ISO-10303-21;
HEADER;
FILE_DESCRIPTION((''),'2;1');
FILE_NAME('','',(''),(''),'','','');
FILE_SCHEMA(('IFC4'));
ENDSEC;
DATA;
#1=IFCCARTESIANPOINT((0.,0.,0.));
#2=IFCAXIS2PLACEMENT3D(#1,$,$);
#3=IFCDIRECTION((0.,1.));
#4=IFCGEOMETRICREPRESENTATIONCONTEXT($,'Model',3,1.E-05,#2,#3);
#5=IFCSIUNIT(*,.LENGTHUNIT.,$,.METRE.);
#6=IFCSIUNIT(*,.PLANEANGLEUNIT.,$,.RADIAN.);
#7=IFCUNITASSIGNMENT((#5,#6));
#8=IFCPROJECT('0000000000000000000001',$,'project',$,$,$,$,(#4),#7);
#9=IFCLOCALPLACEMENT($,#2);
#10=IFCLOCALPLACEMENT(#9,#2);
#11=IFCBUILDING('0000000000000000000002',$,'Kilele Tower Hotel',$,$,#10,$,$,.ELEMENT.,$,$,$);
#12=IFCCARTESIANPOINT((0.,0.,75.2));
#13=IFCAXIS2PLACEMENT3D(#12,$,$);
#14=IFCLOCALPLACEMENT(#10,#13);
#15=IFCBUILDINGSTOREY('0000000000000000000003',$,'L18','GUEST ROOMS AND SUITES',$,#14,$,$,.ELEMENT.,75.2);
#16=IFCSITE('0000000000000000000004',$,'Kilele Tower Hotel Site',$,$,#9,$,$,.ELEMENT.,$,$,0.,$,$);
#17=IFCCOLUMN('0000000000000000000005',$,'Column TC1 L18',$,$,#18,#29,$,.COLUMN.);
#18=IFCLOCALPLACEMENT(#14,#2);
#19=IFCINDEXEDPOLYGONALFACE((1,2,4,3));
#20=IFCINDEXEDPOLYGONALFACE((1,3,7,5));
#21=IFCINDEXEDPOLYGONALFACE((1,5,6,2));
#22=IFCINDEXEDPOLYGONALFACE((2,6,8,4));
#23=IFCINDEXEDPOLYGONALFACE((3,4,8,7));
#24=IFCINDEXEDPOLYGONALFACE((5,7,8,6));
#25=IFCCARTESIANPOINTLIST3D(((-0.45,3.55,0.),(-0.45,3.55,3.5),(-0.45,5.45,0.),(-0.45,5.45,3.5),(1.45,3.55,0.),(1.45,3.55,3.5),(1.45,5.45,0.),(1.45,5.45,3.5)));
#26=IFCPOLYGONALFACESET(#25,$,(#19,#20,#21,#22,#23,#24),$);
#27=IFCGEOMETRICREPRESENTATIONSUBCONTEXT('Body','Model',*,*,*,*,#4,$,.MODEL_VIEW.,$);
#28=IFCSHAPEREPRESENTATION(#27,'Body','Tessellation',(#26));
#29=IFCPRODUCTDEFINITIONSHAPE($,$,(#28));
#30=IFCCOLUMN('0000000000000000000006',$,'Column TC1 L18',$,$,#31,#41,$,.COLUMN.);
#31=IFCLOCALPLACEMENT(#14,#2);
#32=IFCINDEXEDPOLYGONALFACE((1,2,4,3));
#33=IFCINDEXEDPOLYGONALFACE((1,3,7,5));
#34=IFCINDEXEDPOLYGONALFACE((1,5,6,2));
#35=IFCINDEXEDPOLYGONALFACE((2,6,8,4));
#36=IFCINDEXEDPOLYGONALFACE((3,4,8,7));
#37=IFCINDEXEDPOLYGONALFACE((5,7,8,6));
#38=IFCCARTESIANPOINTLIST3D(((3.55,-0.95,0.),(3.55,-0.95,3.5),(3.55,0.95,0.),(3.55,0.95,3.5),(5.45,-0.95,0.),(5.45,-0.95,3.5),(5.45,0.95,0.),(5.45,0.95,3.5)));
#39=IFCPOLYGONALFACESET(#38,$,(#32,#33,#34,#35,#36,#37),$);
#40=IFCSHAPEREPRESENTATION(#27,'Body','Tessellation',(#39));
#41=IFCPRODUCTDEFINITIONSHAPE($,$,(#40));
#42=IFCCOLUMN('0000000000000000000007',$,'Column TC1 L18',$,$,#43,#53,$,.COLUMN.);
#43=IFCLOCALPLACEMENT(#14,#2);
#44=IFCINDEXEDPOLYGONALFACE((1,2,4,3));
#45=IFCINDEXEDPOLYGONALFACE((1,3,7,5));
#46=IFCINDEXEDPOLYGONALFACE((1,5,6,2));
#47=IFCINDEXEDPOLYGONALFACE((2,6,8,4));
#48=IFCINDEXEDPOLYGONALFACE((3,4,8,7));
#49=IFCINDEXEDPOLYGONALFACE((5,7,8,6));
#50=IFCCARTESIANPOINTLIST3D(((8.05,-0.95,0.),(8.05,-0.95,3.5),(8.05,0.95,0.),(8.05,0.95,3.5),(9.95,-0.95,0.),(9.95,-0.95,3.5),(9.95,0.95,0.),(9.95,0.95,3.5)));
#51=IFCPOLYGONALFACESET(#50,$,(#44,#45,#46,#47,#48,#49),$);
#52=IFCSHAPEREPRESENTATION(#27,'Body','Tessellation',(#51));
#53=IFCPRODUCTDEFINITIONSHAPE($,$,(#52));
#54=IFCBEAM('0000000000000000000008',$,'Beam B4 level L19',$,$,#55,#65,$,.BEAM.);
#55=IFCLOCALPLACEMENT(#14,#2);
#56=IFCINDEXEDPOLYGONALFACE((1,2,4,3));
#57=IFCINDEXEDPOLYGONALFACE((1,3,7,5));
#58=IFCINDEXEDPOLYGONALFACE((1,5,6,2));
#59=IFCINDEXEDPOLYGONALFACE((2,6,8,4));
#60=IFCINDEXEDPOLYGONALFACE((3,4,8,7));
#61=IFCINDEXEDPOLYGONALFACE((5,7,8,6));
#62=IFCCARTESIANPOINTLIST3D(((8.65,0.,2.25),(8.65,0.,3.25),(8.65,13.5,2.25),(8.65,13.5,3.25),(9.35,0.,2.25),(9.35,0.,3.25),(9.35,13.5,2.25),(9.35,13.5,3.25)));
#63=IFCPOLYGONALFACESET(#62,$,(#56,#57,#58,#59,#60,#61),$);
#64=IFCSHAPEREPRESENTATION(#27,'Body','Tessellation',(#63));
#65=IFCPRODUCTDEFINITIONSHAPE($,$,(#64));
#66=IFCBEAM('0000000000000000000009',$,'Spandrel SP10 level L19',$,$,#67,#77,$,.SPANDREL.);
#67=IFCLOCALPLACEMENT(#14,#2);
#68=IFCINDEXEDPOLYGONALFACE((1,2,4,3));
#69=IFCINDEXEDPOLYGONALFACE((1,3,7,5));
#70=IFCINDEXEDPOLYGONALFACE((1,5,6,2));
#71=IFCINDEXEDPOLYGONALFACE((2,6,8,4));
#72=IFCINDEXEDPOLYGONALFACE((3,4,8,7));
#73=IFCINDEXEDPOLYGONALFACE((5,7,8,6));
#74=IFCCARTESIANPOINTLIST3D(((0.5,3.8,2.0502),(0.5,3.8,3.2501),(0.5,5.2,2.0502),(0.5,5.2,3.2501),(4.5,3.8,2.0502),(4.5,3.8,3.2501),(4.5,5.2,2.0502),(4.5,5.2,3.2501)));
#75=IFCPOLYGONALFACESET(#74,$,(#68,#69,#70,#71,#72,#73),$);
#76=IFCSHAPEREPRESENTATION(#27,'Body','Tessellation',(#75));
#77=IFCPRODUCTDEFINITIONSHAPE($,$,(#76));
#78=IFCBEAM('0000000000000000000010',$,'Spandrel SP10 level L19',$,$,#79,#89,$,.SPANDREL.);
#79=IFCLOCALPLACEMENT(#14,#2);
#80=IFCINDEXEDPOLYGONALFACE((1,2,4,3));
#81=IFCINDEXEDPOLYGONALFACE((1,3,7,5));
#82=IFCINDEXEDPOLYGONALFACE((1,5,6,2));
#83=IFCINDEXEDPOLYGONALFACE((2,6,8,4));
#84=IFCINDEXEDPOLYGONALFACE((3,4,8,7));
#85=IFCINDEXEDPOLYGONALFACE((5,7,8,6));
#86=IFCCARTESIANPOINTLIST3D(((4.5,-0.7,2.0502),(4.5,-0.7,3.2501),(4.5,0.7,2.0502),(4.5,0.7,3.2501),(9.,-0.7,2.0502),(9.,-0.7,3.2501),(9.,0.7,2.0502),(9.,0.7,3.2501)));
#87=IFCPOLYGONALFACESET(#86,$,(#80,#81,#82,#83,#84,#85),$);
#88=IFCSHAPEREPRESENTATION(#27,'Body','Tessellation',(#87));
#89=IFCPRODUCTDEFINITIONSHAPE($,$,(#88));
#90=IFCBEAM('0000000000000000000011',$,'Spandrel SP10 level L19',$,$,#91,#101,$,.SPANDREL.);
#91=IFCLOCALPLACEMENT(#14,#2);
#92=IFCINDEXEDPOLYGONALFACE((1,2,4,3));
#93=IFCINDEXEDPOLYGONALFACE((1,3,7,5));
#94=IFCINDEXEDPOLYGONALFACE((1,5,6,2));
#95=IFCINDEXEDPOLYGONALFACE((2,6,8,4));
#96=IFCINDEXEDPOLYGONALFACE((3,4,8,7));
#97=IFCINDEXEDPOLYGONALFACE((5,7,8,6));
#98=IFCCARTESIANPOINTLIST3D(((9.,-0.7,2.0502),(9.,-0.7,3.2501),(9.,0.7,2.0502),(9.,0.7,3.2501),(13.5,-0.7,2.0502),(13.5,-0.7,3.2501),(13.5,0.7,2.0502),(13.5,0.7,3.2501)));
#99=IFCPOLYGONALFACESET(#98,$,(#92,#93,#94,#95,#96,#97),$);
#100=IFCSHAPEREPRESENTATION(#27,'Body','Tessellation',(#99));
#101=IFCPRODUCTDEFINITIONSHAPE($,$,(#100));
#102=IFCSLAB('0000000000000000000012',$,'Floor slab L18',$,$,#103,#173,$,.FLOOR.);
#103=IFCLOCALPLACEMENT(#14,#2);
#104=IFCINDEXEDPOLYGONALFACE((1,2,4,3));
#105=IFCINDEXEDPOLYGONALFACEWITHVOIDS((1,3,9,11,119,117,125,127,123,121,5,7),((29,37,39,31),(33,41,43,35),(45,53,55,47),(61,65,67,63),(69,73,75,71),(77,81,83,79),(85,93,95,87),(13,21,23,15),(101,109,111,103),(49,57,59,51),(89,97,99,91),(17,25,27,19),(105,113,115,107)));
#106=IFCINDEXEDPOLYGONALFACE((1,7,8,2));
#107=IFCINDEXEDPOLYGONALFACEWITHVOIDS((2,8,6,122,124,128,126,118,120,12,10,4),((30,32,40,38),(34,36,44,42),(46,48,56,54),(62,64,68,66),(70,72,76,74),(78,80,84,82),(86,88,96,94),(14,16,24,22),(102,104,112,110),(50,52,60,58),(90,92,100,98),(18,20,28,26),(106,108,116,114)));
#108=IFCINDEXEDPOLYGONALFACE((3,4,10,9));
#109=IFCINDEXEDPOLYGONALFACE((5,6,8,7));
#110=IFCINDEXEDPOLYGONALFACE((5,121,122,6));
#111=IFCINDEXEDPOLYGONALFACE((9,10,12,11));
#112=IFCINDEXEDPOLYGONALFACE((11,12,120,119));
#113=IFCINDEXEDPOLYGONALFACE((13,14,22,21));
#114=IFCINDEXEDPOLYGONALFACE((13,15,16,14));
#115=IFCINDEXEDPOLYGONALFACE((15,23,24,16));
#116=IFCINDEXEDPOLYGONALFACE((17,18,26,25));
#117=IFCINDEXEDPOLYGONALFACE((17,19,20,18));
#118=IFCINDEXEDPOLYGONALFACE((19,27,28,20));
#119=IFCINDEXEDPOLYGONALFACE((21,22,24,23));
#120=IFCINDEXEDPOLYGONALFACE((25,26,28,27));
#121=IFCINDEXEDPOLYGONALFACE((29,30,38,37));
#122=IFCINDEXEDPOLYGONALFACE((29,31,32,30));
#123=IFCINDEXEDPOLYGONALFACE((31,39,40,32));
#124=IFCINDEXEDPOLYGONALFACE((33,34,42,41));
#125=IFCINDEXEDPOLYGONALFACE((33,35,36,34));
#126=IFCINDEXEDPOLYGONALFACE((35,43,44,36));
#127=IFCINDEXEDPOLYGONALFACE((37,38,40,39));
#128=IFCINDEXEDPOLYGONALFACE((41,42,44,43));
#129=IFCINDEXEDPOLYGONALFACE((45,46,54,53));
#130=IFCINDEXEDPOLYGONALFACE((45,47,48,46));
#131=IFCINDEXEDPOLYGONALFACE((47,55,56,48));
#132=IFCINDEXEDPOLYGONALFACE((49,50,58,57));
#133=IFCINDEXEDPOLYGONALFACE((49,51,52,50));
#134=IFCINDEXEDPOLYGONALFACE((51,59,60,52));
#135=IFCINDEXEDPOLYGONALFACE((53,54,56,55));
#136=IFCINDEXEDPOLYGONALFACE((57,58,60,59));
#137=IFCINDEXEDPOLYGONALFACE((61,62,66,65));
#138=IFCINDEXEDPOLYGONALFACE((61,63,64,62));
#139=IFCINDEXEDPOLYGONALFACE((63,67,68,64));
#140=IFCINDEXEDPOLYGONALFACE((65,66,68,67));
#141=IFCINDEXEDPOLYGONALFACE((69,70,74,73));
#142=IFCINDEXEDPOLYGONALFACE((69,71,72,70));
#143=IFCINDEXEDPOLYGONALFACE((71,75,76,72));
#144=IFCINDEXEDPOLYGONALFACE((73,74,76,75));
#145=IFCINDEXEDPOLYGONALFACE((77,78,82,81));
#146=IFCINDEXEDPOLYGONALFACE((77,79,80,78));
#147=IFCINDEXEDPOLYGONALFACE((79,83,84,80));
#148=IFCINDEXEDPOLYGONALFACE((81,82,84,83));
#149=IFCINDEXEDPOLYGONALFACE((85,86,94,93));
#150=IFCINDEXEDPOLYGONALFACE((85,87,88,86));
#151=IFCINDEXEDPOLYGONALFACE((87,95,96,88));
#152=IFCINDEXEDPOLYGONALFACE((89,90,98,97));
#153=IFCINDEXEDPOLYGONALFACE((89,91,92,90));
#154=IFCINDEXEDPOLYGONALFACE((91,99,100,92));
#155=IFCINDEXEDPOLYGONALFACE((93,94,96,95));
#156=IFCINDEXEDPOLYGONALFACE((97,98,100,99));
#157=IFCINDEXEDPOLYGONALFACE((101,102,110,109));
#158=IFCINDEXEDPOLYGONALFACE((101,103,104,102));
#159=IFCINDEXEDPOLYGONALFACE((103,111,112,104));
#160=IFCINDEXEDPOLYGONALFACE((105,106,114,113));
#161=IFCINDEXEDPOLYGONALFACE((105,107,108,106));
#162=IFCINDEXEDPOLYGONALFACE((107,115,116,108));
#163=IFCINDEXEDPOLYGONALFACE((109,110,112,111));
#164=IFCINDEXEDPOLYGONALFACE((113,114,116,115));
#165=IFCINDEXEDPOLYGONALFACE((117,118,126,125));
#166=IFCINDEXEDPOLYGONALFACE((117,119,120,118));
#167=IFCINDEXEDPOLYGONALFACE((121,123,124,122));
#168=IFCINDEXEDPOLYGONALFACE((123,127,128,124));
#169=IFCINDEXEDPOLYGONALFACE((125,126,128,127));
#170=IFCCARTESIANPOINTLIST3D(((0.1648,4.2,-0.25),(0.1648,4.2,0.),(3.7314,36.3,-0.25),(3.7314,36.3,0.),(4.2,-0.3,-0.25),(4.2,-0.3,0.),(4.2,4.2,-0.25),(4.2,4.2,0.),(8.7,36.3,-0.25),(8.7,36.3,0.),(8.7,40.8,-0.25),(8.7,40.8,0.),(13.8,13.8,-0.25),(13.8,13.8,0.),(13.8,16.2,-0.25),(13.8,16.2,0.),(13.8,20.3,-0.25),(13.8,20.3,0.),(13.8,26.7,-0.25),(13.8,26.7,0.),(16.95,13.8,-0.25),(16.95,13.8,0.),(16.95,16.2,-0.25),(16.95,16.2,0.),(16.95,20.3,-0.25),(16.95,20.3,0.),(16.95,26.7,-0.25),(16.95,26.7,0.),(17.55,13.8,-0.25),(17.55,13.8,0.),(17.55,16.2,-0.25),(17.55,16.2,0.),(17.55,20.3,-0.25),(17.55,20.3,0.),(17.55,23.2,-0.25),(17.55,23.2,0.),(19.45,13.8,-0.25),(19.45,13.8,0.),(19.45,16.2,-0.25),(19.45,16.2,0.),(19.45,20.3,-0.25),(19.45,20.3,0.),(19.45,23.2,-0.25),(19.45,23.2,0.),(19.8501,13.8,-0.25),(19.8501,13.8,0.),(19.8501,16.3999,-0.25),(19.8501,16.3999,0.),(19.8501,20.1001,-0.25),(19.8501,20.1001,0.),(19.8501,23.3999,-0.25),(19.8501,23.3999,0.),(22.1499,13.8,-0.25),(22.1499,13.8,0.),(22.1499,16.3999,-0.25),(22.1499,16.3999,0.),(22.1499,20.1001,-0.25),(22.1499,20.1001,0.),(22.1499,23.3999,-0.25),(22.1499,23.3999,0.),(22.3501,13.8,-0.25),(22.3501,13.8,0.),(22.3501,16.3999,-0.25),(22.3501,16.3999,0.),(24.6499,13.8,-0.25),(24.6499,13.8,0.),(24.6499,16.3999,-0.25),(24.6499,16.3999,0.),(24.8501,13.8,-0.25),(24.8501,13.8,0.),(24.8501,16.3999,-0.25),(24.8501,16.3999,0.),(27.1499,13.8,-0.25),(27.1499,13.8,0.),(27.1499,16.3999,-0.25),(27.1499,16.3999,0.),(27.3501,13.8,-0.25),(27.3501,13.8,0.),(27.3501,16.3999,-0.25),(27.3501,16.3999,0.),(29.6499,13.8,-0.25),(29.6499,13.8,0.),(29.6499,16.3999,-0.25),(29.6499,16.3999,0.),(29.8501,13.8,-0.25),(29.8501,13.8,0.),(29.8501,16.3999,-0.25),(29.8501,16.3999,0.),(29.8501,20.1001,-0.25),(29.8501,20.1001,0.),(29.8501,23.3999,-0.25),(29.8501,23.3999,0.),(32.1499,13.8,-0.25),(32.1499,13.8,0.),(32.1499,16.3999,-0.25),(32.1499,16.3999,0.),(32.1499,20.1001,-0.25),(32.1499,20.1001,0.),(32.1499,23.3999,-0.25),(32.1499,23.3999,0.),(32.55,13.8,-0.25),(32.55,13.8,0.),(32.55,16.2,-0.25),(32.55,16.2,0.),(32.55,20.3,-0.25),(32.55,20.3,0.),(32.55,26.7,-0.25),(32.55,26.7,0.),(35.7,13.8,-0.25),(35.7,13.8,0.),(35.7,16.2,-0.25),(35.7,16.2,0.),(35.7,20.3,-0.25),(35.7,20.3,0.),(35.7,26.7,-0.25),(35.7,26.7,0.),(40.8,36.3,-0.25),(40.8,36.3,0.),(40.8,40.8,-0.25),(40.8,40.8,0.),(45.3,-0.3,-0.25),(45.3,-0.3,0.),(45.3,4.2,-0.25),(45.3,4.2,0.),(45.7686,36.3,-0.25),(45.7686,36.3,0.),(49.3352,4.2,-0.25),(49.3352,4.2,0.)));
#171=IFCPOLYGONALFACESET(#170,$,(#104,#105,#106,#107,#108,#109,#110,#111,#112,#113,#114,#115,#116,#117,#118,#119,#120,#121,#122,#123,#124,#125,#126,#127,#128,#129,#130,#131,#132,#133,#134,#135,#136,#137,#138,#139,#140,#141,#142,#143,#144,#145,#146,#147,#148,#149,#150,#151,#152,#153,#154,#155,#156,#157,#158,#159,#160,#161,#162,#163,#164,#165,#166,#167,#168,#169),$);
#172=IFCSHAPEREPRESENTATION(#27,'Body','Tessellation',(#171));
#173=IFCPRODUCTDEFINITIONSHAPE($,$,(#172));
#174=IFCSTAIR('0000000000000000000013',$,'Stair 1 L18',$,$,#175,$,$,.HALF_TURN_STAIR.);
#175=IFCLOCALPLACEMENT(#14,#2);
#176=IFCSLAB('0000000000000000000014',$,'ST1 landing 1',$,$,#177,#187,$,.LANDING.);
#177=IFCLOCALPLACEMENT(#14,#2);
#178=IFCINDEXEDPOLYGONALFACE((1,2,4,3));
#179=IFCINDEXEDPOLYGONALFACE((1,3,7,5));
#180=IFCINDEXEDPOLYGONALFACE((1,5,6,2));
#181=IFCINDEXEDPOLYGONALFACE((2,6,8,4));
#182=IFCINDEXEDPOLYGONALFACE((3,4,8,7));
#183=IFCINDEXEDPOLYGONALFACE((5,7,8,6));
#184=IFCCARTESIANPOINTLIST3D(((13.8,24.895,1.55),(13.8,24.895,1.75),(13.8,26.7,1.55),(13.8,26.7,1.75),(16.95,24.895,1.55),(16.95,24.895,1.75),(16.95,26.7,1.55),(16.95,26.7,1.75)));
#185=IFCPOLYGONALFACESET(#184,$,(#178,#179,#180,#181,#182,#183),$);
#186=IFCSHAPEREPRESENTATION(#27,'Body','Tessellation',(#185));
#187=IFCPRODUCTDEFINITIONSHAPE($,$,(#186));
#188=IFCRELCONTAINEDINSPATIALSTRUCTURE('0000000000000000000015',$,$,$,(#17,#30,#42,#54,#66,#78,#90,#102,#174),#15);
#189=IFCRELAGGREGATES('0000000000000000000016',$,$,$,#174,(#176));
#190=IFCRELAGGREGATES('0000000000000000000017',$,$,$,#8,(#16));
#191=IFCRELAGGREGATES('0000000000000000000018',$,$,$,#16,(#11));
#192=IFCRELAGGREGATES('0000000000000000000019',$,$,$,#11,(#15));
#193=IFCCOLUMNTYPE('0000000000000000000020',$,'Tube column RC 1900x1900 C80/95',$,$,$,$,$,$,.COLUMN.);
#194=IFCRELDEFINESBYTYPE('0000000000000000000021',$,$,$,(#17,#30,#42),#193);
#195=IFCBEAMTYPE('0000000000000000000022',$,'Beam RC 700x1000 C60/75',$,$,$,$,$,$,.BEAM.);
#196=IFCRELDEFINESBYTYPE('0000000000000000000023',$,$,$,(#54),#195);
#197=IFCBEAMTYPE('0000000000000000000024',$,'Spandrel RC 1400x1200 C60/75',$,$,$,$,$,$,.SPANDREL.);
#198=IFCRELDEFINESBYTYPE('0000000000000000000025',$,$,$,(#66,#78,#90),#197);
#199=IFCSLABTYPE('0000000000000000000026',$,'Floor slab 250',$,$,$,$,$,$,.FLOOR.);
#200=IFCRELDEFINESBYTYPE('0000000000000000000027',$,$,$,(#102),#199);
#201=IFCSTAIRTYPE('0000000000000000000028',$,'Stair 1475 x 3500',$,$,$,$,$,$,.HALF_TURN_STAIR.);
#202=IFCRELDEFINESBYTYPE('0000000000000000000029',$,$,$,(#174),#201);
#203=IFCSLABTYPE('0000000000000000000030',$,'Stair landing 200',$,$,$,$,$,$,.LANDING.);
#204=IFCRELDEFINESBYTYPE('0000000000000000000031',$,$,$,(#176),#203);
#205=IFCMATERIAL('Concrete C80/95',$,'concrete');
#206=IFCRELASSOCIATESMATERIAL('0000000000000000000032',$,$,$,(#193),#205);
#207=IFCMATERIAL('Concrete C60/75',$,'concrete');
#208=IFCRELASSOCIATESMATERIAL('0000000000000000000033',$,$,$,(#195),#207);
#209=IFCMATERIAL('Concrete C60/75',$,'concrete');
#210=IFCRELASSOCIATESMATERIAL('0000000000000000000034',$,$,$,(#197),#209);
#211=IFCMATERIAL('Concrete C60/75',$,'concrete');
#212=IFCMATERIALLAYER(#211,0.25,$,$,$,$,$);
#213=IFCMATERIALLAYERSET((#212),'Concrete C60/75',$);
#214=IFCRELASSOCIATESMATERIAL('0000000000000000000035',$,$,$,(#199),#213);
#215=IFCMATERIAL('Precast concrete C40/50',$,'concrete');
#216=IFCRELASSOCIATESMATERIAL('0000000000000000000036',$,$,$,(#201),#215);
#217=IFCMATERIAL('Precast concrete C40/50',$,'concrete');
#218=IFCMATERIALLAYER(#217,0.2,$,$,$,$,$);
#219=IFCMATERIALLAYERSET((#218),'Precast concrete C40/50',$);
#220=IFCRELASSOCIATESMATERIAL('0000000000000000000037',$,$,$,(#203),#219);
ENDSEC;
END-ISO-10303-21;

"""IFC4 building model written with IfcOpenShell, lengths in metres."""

from ifc_helpers import new_model, si_unit, direction, frame, origin, origin_2d, place, context, subcontext, project, spatial, polyline, rectangle, outline, extrude, material, layer, layer_set, material_profile, profile_set, type_object, element, aggregate, save


model = new_model("IFC4")

# Units and contexts
model_context = context("Model", 3, precision=1e-05, world=origin(), true_north=direction((0.0, 1.0)))
body_context = subcontext(model_context, "Body", "Model", "MODEL_VIEW")
ifc_project = project(units=[si_unit("LENGTHUNIT", "METRE"), si_unit("PLANEANGLEUNIT", "RADIAN")], contexts=[model_context])

# Site, building, storey
site_placement = place(None, origin())
site = spatial("IfcSite", under=ifc_project, at=site_placement, Name="Kilele Tower Hotel Site", CompositionType="ELEMENT", RefElevation=0.0)
building_placement = place(site_placement, origin())
building = spatial("IfcBuilding", under=site, at=building_placement, Name="Kilele Tower Hotel", CompositionType="ELEMENT")
storey_placement = place(building_placement, frame((0.0, 0.0, 75.2)))
storey = spatial("IfcBuildingStorey", under=building, at=storey_placement, Name="L18", Description="GUEST ROOMS AND SUITES", CompositionType="ELEMENT", Elevation=75.2)

# Columns
ifc_material_1 = material(Name="Concrete C80/95", Category="concrete")
ifc_material_profile_1 = material_profile(ifc_material_1, rectangle(XDim=1.8999, YDim=1.8999, at=origin_2d()))
ifc_profile_set_1 = profile_set([ifc_material_profile_1], Name="Concrete C80/95")
column_type = type_object("IfcColumnType", Name="Tube column RC 1900x1900 C80/95", PredefinedType="COLUMN", material=ifc_profile_set_1)
for number, where, z_axis, x_axis, name in (
    (1, (0.5, 4.5, 0.0), (0.0, 0.0, 1.0), (1.0, 0.0, 0.0), "Column TC1 L18"),
    (2, (4.5, 0.0, 0.0), (0.0, 0.0, 1.0), (1.0, 0.0, 0.0), "Column TC1 L18"),
    (3, (9.0, 0.0, 0.0), (0.0, 0.0, 1.0), (1.0, 0.0, 0.0), "Column TC1 L18"),
):
    element("IfcColumn", number, at=place(storey_placement, frame(where, z_axis=z_axis, x_axis=x_axis)), inside=storey, type_object=column_type, Name=name, PredefinedType="COLUMN", context=body_context, shape_type="SweptSolid", body=[
        extrude(rectangle(XDim=1.8999, YDim=1.8999, at=origin_2d()), origin(), (0.0, 0.0, 1.0), 3.5),
    ])

# Beams
ifc_material_2 = material(Name="Concrete C60/75", Category="concrete")
ifc_material_profile_2 = material_profile(ifc_material_2, rectangle(XDim=0.7, YDim=1.0, at=origin_2d()))
ifc_profile_set_2 = profile_set([ifc_material_profile_2], Name="Concrete C60/75")
beam_type_1 = type_object("IfcBeamType", Name="Beam RC 700x1000 C60/75", PredefinedType="BEAM", material=ifc_profile_set_2)
beam_1_placement = place(storey_placement, frame((9.0, 0.0, 2.75), z_axis=(0.0, 1.0, 0.0), x_axis=(-1.0, 0.0, 0.0)))
element("IfcBeam", 4, at=beam_1_placement, inside=storey, type_object=beam_type_1, Name="Beam B4 level L19", PredefinedType="BEAM", context=body_context, shape_type="SweptSolid", body=[
    extrude(rectangle(XDim=0.7, YDim=1.0, at=origin_2d()), origin(), (0.0, 0.0, 1.0), 13.5),
])
ifc_material_3 = material(Name="Concrete C60/75", Category="concrete")
ifc_material_profile_3 = material_profile(ifc_material_3, rectangle(XDim=1.3999, YDim=1.2, at=origin_2d()))
ifc_profile_set_3 = profile_set([ifc_material_profile_3], Name="Concrete C60/75")
beam_type_2 = type_object("IfcBeamType", Name="Spandrel RC 1400x1200 C60/75", PredefinedType="SPANDREL", material=ifc_profile_set_3)
beam_2_placement = place(storey_placement, frame((0.5, 4.5, 2.6501), z_axis=(1.0, 0.0, 0.0), x_axis=(0.0, 1.0, 0.0)))
element("IfcBeam", 5, at=beam_2_placement, inside=storey, type_object=beam_type_2, Name="Spandrel SP10 level L19", PredefinedType="SPANDREL", context=body_context, shape_type="SweptSolid", body=[
    extrude(rectangle(XDim=1.3999, YDim=1.2, at=origin_2d()), origin(), (0.0, 0.0, 1.0), 4.0),
])
for number, where, z_axis, x_axis, name in (
    (6, (4.5, 0.0, 2.6501), (1.0, 0.0, 0.0), (0.0, 1.0, 0.0), "Spandrel SP10 level L19"),
    (7, (9.0, 0.0, 2.6501), (1.0, 0.0, 0.0), (0.0, 1.0, 0.0), "Spandrel SP10 level L19"),
):
    element("IfcBeam", number, at=place(storey_placement, frame(where, z_axis=z_axis, x_axis=x_axis)), inside=storey, type_object=beam_type_2, Name=name, PredefinedType="SPANDREL", context=body_context, shape_type="SweptSolid", body=[
        extrude(rectangle(XDim=1.3999, YDim=1.2, at=origin_2d()), origin(), (0.0, 0.0, 1.0), 4.5),
    ])

# Slab
ifc_material_4 = material(Name="Concrete C60/75", Category="concrete")
ifc_layer_1 = layer(ifc_material_4, 0.25)
ifc_layer_set_1 = layer_set([ifc_layer_1], Name="Concrete C60/75")
slab_type_1 = type_object("IfcSlabType", Name="Floor slab 250", PredefinedType="FLOOR", material=ifc_layer_set_1)
slab_1_placement = place(storey_placement, frame((0.0, 0.0, -0.25)))
element("IfcSlab", 8, at=slab_1_placement, inside=storey, type_object=slab_type_1, Name="Floor slab L18", PredefinedType="FLOOR", context=body_context, shape_type="SweptSolid", body=[
    extrude(outline(polyline([(8.7, 36.3), (8.7, 40.8), (40.8, 40.8), (40.8, 36.3), (45.7686, 36.3), (49.3352, 4.2), (45.3, 4.2), (45.3, -0.3), (4.2, -0.3), (4.2, 4.2), (0.1648, 4.2), (3.7314, 36.3), (8.7, 36.3)]), holes=[polyline([(16.95, 16.2), (13.8, 16.2), (13.8, 13.8), (16.95, 13.8), (16.95, 16.2)]), polyline([(19.45, 13.8), (19.45, 16.2), (17.55, 16.2), (17.55, 13.8), (19.45, 13.8)]), polyline([(22.1499, 13.8), (22.1499, 16.3999), (19.8501, 16.3999), (19.8501, 13.8), (22.1499, 13.8)]), polyline([(24.6499, 16.3999), (22.3501, 16.3999), (22.3501, 13.8), (24.6499, 13.8), (24.6499, 16.3999)]), polyline([(19.45, 20.3), (19.45, 23.2), (17.55, 23.2), (17.55, 20.3), (19.45, 20.3)]), polyline([(22.1499, 20.1001), (22.1499, 23.3999), (19.8501, 23.3999), (19.8501, 20.1001), (22.1499, 20.1001)]), polyline([(16.95, 26.7), (13.8, 26.7), (13.8, 20.3), (16.95, 20.3), (16.95, 26.7)]), polyline([(35.7, 13.8), (35.7, 16.2), (32.55, 16.2), (32.55, 13.8), (35.7, 13.8)]), polyline([(27.1499, 13.8), (27.1499, 16.3999), (24.8501, 16.3999), (24.8501, 13.8), (27.1499, 13.8)]), polyline([(29.6499, 13.8), (29.6499, 16.3999), (27.3501, 16.3999), (27.3501, 13.8), (29.6499, 13.8)]), polyline([(32.1499, 13.8), (32.1499, 16.3999), (29.8501, 16.3999), (29.8501, 13.8), (32.1499, 13.8)]), polyline([(32.1499, 20.1001), (32.1499, 23.3999), (29.8501, 23.3999), (29.8501, 20.1001), (32.1499, 20.1001)]), polyline([(35.7, 20.3), (35.7, 26.7), (32.55, 26.7), (32.55, 20.3), (35.7, 20.3)])]), origin(), (0.0, 0.0, 1.0), 0.25),
])

# Stair, slab
ifc_material_5 = material(Name="Precast concrete C40/50", Category="concrete")
stair_type = type_object("IfcStairType", Name="Stair 1475 x 3500", PredefinedType="HALF_TURN_STAIR", material=ifc_material_5)
stair_1_placement = place(storey_placement, origin())
stair_1 = element("IfcStair", 9, at=stair_1_placement, inside=storey, type_object=stair_type, Name="Stair 1 L18", PredefinedType="HALF_TURN_STAIR")
ifc_material_6 = material(Name="Precast concrete C40/50", Category="concrete")
ifc_layer_2 = layer(ifc_material_6, 0.2)
ifc_layer_set_2 = layer_set([ifc_layer_2], Name="Precast concrete C40/50")
slab_type_2 = type_object("IfcSlabType", Name="Stair landing 200", PredefinedType="LANDING", material=ifc_layer_set_2)
slab_2_placement = place(storey_placement, frame((0.0, 0.0, 1.55)))
slab_2 = element("IfcSlab", 10, at=slab_2_placement, type_object=slab_type_2, Name="ST1 landing 1", PredefinedType="LANDING", context=body_context, shape_type="SweptSolid", body=[
    extrude(outline(polyline([(13.8, 24.895), (16.95, 24.895), (16.95, 26.7), (13.8, 26.7), (13.8, 24.895)])), origin(), (0.0, 0.0, 1.0), 0.2),
])
aggregate(stair_1, [slab_2])

save(model, "model.ifc")
